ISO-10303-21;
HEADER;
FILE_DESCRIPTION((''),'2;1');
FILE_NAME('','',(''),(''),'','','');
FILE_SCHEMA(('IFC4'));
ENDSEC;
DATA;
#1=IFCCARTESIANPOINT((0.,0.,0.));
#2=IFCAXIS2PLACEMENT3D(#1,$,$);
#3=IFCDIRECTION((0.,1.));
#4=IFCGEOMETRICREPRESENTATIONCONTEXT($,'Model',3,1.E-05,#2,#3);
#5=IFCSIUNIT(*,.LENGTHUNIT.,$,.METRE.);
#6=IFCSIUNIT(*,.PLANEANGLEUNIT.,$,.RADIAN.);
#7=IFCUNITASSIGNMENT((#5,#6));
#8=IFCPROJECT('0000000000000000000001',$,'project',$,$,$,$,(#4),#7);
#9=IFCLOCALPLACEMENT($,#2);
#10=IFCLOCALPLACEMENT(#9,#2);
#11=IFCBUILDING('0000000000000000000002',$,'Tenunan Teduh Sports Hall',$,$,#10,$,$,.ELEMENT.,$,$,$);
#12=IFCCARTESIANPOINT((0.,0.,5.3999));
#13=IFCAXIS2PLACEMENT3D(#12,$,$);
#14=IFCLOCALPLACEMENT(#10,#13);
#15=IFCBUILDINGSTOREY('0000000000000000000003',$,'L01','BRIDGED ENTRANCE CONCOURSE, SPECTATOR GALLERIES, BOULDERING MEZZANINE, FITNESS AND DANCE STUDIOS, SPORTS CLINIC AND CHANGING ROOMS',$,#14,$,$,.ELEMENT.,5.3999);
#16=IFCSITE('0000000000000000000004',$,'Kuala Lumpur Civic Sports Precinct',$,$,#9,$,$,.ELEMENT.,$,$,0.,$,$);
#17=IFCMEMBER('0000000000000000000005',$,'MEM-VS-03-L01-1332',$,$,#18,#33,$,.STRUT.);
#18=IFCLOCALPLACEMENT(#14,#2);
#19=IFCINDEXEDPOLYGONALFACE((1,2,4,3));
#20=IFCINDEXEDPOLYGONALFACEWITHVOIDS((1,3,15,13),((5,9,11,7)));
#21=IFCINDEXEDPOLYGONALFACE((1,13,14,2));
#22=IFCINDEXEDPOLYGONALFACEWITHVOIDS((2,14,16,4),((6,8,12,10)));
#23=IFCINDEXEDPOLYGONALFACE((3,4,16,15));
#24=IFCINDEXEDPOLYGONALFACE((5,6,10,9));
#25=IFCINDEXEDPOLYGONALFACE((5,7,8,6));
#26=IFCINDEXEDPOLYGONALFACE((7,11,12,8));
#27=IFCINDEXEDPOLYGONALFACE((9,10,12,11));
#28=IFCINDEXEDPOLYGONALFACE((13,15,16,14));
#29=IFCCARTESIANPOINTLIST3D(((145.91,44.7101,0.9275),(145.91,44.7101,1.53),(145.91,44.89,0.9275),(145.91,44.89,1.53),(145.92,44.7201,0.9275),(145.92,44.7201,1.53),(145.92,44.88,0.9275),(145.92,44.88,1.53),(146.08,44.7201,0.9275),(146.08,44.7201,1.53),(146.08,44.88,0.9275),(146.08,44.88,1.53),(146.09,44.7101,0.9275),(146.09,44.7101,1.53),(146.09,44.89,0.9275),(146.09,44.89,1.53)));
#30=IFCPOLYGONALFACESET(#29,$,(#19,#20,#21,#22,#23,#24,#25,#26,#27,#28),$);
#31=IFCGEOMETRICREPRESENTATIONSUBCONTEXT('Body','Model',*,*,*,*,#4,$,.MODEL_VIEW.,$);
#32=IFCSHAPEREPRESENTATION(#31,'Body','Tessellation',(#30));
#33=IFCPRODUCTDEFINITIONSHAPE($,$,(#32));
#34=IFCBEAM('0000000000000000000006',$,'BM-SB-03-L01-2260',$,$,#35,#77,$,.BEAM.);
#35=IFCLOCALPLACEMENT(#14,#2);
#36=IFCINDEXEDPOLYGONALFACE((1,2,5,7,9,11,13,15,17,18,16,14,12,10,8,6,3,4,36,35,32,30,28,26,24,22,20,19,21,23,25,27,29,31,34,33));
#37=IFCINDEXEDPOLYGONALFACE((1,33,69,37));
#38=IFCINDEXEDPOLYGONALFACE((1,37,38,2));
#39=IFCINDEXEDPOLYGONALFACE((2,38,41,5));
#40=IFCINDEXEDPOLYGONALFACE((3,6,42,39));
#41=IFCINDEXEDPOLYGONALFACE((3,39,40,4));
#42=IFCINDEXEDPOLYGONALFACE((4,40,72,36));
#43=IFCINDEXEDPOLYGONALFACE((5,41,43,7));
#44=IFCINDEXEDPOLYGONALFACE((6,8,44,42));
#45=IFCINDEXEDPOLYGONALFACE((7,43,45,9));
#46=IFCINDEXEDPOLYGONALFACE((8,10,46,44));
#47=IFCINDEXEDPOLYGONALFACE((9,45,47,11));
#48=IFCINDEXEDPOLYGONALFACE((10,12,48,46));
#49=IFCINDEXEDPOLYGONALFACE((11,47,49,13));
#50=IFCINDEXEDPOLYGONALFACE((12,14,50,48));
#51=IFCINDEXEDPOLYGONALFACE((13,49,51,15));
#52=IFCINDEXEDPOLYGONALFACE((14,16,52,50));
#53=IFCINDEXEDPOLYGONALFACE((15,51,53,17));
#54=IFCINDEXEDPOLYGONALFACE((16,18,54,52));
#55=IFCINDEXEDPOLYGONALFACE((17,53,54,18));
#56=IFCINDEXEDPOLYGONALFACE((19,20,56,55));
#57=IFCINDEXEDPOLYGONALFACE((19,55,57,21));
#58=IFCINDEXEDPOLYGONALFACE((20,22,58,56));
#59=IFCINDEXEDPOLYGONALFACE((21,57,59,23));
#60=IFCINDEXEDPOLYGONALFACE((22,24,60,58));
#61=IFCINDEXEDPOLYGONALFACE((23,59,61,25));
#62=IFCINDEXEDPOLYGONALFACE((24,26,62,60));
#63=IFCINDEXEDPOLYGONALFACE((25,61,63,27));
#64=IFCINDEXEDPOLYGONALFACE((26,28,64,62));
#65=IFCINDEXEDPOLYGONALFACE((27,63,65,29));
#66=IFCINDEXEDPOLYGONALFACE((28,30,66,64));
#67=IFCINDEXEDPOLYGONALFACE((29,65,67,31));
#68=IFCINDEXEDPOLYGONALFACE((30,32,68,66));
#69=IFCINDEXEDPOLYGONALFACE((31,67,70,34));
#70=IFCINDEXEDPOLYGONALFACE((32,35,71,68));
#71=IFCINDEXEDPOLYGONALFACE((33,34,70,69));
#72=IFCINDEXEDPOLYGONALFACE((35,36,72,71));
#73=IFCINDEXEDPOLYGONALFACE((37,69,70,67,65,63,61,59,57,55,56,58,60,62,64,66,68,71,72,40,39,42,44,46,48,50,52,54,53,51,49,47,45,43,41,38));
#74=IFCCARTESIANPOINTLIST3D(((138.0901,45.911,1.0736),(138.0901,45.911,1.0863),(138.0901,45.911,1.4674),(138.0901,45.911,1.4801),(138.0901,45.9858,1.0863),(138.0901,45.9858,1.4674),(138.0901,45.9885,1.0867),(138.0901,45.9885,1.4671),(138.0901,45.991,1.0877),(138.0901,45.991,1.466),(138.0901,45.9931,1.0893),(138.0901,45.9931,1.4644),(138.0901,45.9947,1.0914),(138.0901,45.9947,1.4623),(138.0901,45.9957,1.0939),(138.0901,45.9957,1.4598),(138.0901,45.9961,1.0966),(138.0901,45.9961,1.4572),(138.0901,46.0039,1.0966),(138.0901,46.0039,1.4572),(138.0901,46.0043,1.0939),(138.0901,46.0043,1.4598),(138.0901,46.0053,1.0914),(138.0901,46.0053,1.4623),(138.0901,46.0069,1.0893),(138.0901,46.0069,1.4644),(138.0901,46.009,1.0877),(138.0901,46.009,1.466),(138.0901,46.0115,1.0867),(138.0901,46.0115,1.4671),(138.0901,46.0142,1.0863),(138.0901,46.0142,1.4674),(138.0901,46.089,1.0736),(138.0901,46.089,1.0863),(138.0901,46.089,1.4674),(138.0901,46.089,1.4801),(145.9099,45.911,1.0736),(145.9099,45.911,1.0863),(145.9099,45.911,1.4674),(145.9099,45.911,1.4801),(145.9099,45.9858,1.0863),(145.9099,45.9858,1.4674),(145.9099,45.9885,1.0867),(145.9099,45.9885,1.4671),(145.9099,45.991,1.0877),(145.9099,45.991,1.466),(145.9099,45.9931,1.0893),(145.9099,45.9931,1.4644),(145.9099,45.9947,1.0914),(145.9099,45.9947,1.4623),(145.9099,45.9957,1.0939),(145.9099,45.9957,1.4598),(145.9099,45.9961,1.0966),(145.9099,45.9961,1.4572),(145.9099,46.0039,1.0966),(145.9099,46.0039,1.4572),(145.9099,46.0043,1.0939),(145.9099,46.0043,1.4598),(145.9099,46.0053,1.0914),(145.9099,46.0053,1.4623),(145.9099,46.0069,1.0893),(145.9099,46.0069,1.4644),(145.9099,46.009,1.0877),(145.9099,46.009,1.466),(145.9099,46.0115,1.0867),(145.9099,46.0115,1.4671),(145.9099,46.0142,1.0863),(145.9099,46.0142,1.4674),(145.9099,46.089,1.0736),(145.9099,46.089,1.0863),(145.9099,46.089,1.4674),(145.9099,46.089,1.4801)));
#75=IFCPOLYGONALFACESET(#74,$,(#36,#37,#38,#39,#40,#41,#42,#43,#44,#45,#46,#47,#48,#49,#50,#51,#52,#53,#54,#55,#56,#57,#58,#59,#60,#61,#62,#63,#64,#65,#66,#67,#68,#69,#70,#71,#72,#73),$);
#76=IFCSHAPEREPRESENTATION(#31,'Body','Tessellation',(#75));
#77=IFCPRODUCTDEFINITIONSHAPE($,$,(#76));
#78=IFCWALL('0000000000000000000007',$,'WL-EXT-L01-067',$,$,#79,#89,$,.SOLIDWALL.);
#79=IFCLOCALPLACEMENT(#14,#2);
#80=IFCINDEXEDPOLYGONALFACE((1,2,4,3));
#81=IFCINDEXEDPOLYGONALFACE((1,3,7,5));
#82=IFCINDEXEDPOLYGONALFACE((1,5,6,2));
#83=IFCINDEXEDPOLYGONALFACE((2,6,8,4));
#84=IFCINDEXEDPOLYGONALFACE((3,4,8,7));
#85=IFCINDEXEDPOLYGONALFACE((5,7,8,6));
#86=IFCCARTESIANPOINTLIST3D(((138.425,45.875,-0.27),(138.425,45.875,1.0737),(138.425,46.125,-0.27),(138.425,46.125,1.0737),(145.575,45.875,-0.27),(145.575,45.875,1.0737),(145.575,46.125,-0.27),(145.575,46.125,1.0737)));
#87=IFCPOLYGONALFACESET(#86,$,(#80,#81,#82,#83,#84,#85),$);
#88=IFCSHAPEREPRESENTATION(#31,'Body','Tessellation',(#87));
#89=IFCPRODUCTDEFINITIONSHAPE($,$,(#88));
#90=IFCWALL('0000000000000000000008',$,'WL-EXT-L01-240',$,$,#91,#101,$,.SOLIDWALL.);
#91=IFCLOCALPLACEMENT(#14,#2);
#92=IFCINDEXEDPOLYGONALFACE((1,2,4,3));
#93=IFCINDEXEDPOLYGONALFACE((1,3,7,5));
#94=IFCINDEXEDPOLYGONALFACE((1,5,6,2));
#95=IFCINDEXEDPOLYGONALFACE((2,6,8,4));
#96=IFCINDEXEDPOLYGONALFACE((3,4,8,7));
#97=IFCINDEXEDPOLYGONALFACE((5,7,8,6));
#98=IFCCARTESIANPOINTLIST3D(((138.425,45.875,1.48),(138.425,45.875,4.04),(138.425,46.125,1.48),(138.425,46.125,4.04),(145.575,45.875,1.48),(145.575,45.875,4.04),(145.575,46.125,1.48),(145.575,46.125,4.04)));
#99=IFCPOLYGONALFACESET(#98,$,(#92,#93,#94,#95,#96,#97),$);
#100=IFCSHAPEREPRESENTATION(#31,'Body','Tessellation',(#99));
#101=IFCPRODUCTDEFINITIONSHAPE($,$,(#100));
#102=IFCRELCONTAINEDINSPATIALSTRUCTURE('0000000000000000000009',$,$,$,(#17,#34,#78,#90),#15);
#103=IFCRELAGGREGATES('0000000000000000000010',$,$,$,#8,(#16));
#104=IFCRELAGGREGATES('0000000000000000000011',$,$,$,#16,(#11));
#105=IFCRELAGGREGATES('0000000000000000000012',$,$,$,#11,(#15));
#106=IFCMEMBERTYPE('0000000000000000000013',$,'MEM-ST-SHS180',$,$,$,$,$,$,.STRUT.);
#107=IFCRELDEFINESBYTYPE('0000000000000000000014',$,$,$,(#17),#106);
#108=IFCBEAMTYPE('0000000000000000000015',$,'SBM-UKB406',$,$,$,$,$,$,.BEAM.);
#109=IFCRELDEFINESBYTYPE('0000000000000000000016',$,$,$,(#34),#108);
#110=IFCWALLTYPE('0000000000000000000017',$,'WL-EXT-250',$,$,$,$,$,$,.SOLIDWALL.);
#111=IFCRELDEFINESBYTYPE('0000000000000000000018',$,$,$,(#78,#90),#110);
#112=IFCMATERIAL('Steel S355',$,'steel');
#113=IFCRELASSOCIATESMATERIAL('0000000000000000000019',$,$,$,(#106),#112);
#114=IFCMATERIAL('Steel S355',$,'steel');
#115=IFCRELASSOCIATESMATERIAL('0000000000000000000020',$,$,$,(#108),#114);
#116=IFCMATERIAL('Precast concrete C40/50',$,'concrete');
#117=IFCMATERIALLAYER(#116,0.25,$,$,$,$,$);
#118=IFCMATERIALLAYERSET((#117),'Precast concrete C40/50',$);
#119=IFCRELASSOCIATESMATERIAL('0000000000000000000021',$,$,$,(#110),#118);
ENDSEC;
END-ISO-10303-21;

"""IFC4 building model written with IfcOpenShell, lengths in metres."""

from ifc_helpers import new_model, si_unit, direction, frame, frame_2d, origin, origin_2d, place, context, subcontext, project, spatial, rectangle, hollow_rectangle, i_section, extrude, material, layer, layer_set, material_profile, profile_set, type_object, element, save


model = new_model("IFC4")

# Units and contexts
model_context = context("Model", 3, precision=1e-05, world=origin(), true_north=direction((0.0, 1.0)))
body_context = subcontext(model_context, "Body", "Model", "MODEL_VIEW")
ifc_project = project(units=[si_unit("LENGTHUNIT", "METRE"), si_unit("PLANEANGLEUNIT", "RADIAN")], contexts=[model_context])

# Site, building, storey
site_placement = place(None, origin())
site = spatial("IfcSite", under=ifc_project, at=site_placement, Name="Kuala Lumpur Civic Sports Precinct", CompositionType="ELEMENT", RefElevation=0.0)
building_placement = place(site_placement, origin())
building = spatial("IfcBuilding", under=site, at=building_placement, Name="Tenunan Teduh Sports Hall", CompositionType="ELEMENT")
storey_placement = place(building_placement, frame((0.0, 0.0, 5.3999)))
storey = spatial("IfcBuildingStorey", under=building, at=storey_placement, Name="L01", Description="BRIDGED ENTRANCE CONCOURSE, SPECTATOR GALLERIES, BOULDERING MEZZANINE, FITNESS AND DANCE STUDIOS, SPORTS CLINIC AND CHANGING ROOMS", CompositionType="ELEMENT", Elevation=5.3999)

# Member
ifc_material_1 = material(Name="Steel S355", Category="steel")
ifc_material_profile_1 = material_profile(ifc_material_1, hollow_rectangle(XDim=0.1799, YDim=0.1799, WallThickness=0.01, at=origin_2d()), Name="SHS 180x180x10.0")
ifc_profile_set_1 = profile_set([ifc_material_profile_1], Name="Steel S355")
member_type = type_object("IfcMemberType", Name="MEM-ST-SHS180", PredefinedType="STRUT", material=ifc_profile_set_1)
member_1_placement = place(storey_placement, frame((146.0, 44.8, 0.9275), z_axis=(0.0, 0.0, 1.0), x_axis=(1.0, 0.0, 0.0)))
element("IfcMember", 1, at=member_1_placement, inside=storey, type_object=member_type, Name="MEM-VS-03-L01-1332", PredefinedType="STRUT", context=body_context, shape_type="SweptSolid", body=[
    extrude(hollow_rectangle(XDim=0.1799, YDim=0.1799, WallThickness=0.01, at=origin_2d()), origin(), (0.0, 0.0, 1.0), 0.6025),
])

# Beam
ifc_material_2 = material(Name="Steel S355", Category="steel")
ifc_material_profile_2 = material_profile(ifc_material_2, i_section(OverallWidth=0.178, OverallDepth=0.4065, WebThickness=0.0078, FlangeThickness=0.0127, FilletRadius=0.0103, at=origin_2d()), Name="UKB 406x178x60")
ifc_profile_set_2 = profile_set([ifc_material_profile_2], Name="Steel S355")
beam_type_1 = type_object("IfcBeamType", Name="SBM-UKB406", PredefinedType="BEAM", material=ifc_profile_set_2)
beam_1_placement = place(storey_placement, frame((138.0901, 46.0, 1.2769), z_axis=(1.0, 0.0, 0.0), x_axis=(0.0, 1.0, 0.0)))
element("IfcBeam", 2, at=beam_1_placement, inside=storey, type_object=beam_type_1, Name="BM-SB-03-L01-2260", PredefinedType="BEAM", context=body_context, shape_type="SweptSolid", body=[
    extrude(i_section(OverallWidth=0.178, OverallDepth=0.4065, WebThickness=0.0078, FlangeThickness=0.0127, FilletRadius=0.0103, at=origin_2d()), origin(), (0.0, 0.0, 1.0), 7.8198),
])

# Walls
ifc_material_3 = material(Name="Precast concrete C40/50", Category="concrete")
ifc_layer = layer(ifc_material_3, 0.25)
ifc_layer_set = layer_set([ifc_layer], Name="Precast concrete C40/50")
wall_type = type_object("IfcWallType", Name="WL-EXT-250", PredefinedType="SOLIDWALL", material=ifc_layer_set)
wall_1_placement = place(storey_placement, frame((138.425, 46.0, -0.27), z_axis=(0.0, 0.0, 1.0), x_axis=(1.0, 0.0, 0.0)))
element("IfcWall", 3, at=wall_1_placement, inside=storey, type_object=wall_type, Name="WL-EXT-L01-067", PredefinedType="SOLIDWALL", context=body_context, shape_type="SweptSolid", body=[
    extrude(rectangle(XDim=7.1499, YDim=0.25, at=frame_2d((3.575, 0.0))), origin(), (0.0, 0.0, 1.0), 1.3438),
])
wall_2_placement = place(storey_placement, frame((138.425, 46.0, 1.48), z_axis=(0.0, 0.0, 1.0), x_axis=(1.0, 0.0, 0.0)))
element("IfcWall", 4, at=wall_2_placement, inside=storey, type_object=wall_type, Name="WL-EXT-L01-240", PredefinedType="SOLIDWALL", context=body_context, shape_type="SweptSolid", body=[
    extrude(rectangle(XDim=7.1499, YDim=0.25, at=frame_2d((3.575, 0.0))), origin(), (0.0, 0.0, 1.0), 2.5601),
])

save(model, "model.ifc")
